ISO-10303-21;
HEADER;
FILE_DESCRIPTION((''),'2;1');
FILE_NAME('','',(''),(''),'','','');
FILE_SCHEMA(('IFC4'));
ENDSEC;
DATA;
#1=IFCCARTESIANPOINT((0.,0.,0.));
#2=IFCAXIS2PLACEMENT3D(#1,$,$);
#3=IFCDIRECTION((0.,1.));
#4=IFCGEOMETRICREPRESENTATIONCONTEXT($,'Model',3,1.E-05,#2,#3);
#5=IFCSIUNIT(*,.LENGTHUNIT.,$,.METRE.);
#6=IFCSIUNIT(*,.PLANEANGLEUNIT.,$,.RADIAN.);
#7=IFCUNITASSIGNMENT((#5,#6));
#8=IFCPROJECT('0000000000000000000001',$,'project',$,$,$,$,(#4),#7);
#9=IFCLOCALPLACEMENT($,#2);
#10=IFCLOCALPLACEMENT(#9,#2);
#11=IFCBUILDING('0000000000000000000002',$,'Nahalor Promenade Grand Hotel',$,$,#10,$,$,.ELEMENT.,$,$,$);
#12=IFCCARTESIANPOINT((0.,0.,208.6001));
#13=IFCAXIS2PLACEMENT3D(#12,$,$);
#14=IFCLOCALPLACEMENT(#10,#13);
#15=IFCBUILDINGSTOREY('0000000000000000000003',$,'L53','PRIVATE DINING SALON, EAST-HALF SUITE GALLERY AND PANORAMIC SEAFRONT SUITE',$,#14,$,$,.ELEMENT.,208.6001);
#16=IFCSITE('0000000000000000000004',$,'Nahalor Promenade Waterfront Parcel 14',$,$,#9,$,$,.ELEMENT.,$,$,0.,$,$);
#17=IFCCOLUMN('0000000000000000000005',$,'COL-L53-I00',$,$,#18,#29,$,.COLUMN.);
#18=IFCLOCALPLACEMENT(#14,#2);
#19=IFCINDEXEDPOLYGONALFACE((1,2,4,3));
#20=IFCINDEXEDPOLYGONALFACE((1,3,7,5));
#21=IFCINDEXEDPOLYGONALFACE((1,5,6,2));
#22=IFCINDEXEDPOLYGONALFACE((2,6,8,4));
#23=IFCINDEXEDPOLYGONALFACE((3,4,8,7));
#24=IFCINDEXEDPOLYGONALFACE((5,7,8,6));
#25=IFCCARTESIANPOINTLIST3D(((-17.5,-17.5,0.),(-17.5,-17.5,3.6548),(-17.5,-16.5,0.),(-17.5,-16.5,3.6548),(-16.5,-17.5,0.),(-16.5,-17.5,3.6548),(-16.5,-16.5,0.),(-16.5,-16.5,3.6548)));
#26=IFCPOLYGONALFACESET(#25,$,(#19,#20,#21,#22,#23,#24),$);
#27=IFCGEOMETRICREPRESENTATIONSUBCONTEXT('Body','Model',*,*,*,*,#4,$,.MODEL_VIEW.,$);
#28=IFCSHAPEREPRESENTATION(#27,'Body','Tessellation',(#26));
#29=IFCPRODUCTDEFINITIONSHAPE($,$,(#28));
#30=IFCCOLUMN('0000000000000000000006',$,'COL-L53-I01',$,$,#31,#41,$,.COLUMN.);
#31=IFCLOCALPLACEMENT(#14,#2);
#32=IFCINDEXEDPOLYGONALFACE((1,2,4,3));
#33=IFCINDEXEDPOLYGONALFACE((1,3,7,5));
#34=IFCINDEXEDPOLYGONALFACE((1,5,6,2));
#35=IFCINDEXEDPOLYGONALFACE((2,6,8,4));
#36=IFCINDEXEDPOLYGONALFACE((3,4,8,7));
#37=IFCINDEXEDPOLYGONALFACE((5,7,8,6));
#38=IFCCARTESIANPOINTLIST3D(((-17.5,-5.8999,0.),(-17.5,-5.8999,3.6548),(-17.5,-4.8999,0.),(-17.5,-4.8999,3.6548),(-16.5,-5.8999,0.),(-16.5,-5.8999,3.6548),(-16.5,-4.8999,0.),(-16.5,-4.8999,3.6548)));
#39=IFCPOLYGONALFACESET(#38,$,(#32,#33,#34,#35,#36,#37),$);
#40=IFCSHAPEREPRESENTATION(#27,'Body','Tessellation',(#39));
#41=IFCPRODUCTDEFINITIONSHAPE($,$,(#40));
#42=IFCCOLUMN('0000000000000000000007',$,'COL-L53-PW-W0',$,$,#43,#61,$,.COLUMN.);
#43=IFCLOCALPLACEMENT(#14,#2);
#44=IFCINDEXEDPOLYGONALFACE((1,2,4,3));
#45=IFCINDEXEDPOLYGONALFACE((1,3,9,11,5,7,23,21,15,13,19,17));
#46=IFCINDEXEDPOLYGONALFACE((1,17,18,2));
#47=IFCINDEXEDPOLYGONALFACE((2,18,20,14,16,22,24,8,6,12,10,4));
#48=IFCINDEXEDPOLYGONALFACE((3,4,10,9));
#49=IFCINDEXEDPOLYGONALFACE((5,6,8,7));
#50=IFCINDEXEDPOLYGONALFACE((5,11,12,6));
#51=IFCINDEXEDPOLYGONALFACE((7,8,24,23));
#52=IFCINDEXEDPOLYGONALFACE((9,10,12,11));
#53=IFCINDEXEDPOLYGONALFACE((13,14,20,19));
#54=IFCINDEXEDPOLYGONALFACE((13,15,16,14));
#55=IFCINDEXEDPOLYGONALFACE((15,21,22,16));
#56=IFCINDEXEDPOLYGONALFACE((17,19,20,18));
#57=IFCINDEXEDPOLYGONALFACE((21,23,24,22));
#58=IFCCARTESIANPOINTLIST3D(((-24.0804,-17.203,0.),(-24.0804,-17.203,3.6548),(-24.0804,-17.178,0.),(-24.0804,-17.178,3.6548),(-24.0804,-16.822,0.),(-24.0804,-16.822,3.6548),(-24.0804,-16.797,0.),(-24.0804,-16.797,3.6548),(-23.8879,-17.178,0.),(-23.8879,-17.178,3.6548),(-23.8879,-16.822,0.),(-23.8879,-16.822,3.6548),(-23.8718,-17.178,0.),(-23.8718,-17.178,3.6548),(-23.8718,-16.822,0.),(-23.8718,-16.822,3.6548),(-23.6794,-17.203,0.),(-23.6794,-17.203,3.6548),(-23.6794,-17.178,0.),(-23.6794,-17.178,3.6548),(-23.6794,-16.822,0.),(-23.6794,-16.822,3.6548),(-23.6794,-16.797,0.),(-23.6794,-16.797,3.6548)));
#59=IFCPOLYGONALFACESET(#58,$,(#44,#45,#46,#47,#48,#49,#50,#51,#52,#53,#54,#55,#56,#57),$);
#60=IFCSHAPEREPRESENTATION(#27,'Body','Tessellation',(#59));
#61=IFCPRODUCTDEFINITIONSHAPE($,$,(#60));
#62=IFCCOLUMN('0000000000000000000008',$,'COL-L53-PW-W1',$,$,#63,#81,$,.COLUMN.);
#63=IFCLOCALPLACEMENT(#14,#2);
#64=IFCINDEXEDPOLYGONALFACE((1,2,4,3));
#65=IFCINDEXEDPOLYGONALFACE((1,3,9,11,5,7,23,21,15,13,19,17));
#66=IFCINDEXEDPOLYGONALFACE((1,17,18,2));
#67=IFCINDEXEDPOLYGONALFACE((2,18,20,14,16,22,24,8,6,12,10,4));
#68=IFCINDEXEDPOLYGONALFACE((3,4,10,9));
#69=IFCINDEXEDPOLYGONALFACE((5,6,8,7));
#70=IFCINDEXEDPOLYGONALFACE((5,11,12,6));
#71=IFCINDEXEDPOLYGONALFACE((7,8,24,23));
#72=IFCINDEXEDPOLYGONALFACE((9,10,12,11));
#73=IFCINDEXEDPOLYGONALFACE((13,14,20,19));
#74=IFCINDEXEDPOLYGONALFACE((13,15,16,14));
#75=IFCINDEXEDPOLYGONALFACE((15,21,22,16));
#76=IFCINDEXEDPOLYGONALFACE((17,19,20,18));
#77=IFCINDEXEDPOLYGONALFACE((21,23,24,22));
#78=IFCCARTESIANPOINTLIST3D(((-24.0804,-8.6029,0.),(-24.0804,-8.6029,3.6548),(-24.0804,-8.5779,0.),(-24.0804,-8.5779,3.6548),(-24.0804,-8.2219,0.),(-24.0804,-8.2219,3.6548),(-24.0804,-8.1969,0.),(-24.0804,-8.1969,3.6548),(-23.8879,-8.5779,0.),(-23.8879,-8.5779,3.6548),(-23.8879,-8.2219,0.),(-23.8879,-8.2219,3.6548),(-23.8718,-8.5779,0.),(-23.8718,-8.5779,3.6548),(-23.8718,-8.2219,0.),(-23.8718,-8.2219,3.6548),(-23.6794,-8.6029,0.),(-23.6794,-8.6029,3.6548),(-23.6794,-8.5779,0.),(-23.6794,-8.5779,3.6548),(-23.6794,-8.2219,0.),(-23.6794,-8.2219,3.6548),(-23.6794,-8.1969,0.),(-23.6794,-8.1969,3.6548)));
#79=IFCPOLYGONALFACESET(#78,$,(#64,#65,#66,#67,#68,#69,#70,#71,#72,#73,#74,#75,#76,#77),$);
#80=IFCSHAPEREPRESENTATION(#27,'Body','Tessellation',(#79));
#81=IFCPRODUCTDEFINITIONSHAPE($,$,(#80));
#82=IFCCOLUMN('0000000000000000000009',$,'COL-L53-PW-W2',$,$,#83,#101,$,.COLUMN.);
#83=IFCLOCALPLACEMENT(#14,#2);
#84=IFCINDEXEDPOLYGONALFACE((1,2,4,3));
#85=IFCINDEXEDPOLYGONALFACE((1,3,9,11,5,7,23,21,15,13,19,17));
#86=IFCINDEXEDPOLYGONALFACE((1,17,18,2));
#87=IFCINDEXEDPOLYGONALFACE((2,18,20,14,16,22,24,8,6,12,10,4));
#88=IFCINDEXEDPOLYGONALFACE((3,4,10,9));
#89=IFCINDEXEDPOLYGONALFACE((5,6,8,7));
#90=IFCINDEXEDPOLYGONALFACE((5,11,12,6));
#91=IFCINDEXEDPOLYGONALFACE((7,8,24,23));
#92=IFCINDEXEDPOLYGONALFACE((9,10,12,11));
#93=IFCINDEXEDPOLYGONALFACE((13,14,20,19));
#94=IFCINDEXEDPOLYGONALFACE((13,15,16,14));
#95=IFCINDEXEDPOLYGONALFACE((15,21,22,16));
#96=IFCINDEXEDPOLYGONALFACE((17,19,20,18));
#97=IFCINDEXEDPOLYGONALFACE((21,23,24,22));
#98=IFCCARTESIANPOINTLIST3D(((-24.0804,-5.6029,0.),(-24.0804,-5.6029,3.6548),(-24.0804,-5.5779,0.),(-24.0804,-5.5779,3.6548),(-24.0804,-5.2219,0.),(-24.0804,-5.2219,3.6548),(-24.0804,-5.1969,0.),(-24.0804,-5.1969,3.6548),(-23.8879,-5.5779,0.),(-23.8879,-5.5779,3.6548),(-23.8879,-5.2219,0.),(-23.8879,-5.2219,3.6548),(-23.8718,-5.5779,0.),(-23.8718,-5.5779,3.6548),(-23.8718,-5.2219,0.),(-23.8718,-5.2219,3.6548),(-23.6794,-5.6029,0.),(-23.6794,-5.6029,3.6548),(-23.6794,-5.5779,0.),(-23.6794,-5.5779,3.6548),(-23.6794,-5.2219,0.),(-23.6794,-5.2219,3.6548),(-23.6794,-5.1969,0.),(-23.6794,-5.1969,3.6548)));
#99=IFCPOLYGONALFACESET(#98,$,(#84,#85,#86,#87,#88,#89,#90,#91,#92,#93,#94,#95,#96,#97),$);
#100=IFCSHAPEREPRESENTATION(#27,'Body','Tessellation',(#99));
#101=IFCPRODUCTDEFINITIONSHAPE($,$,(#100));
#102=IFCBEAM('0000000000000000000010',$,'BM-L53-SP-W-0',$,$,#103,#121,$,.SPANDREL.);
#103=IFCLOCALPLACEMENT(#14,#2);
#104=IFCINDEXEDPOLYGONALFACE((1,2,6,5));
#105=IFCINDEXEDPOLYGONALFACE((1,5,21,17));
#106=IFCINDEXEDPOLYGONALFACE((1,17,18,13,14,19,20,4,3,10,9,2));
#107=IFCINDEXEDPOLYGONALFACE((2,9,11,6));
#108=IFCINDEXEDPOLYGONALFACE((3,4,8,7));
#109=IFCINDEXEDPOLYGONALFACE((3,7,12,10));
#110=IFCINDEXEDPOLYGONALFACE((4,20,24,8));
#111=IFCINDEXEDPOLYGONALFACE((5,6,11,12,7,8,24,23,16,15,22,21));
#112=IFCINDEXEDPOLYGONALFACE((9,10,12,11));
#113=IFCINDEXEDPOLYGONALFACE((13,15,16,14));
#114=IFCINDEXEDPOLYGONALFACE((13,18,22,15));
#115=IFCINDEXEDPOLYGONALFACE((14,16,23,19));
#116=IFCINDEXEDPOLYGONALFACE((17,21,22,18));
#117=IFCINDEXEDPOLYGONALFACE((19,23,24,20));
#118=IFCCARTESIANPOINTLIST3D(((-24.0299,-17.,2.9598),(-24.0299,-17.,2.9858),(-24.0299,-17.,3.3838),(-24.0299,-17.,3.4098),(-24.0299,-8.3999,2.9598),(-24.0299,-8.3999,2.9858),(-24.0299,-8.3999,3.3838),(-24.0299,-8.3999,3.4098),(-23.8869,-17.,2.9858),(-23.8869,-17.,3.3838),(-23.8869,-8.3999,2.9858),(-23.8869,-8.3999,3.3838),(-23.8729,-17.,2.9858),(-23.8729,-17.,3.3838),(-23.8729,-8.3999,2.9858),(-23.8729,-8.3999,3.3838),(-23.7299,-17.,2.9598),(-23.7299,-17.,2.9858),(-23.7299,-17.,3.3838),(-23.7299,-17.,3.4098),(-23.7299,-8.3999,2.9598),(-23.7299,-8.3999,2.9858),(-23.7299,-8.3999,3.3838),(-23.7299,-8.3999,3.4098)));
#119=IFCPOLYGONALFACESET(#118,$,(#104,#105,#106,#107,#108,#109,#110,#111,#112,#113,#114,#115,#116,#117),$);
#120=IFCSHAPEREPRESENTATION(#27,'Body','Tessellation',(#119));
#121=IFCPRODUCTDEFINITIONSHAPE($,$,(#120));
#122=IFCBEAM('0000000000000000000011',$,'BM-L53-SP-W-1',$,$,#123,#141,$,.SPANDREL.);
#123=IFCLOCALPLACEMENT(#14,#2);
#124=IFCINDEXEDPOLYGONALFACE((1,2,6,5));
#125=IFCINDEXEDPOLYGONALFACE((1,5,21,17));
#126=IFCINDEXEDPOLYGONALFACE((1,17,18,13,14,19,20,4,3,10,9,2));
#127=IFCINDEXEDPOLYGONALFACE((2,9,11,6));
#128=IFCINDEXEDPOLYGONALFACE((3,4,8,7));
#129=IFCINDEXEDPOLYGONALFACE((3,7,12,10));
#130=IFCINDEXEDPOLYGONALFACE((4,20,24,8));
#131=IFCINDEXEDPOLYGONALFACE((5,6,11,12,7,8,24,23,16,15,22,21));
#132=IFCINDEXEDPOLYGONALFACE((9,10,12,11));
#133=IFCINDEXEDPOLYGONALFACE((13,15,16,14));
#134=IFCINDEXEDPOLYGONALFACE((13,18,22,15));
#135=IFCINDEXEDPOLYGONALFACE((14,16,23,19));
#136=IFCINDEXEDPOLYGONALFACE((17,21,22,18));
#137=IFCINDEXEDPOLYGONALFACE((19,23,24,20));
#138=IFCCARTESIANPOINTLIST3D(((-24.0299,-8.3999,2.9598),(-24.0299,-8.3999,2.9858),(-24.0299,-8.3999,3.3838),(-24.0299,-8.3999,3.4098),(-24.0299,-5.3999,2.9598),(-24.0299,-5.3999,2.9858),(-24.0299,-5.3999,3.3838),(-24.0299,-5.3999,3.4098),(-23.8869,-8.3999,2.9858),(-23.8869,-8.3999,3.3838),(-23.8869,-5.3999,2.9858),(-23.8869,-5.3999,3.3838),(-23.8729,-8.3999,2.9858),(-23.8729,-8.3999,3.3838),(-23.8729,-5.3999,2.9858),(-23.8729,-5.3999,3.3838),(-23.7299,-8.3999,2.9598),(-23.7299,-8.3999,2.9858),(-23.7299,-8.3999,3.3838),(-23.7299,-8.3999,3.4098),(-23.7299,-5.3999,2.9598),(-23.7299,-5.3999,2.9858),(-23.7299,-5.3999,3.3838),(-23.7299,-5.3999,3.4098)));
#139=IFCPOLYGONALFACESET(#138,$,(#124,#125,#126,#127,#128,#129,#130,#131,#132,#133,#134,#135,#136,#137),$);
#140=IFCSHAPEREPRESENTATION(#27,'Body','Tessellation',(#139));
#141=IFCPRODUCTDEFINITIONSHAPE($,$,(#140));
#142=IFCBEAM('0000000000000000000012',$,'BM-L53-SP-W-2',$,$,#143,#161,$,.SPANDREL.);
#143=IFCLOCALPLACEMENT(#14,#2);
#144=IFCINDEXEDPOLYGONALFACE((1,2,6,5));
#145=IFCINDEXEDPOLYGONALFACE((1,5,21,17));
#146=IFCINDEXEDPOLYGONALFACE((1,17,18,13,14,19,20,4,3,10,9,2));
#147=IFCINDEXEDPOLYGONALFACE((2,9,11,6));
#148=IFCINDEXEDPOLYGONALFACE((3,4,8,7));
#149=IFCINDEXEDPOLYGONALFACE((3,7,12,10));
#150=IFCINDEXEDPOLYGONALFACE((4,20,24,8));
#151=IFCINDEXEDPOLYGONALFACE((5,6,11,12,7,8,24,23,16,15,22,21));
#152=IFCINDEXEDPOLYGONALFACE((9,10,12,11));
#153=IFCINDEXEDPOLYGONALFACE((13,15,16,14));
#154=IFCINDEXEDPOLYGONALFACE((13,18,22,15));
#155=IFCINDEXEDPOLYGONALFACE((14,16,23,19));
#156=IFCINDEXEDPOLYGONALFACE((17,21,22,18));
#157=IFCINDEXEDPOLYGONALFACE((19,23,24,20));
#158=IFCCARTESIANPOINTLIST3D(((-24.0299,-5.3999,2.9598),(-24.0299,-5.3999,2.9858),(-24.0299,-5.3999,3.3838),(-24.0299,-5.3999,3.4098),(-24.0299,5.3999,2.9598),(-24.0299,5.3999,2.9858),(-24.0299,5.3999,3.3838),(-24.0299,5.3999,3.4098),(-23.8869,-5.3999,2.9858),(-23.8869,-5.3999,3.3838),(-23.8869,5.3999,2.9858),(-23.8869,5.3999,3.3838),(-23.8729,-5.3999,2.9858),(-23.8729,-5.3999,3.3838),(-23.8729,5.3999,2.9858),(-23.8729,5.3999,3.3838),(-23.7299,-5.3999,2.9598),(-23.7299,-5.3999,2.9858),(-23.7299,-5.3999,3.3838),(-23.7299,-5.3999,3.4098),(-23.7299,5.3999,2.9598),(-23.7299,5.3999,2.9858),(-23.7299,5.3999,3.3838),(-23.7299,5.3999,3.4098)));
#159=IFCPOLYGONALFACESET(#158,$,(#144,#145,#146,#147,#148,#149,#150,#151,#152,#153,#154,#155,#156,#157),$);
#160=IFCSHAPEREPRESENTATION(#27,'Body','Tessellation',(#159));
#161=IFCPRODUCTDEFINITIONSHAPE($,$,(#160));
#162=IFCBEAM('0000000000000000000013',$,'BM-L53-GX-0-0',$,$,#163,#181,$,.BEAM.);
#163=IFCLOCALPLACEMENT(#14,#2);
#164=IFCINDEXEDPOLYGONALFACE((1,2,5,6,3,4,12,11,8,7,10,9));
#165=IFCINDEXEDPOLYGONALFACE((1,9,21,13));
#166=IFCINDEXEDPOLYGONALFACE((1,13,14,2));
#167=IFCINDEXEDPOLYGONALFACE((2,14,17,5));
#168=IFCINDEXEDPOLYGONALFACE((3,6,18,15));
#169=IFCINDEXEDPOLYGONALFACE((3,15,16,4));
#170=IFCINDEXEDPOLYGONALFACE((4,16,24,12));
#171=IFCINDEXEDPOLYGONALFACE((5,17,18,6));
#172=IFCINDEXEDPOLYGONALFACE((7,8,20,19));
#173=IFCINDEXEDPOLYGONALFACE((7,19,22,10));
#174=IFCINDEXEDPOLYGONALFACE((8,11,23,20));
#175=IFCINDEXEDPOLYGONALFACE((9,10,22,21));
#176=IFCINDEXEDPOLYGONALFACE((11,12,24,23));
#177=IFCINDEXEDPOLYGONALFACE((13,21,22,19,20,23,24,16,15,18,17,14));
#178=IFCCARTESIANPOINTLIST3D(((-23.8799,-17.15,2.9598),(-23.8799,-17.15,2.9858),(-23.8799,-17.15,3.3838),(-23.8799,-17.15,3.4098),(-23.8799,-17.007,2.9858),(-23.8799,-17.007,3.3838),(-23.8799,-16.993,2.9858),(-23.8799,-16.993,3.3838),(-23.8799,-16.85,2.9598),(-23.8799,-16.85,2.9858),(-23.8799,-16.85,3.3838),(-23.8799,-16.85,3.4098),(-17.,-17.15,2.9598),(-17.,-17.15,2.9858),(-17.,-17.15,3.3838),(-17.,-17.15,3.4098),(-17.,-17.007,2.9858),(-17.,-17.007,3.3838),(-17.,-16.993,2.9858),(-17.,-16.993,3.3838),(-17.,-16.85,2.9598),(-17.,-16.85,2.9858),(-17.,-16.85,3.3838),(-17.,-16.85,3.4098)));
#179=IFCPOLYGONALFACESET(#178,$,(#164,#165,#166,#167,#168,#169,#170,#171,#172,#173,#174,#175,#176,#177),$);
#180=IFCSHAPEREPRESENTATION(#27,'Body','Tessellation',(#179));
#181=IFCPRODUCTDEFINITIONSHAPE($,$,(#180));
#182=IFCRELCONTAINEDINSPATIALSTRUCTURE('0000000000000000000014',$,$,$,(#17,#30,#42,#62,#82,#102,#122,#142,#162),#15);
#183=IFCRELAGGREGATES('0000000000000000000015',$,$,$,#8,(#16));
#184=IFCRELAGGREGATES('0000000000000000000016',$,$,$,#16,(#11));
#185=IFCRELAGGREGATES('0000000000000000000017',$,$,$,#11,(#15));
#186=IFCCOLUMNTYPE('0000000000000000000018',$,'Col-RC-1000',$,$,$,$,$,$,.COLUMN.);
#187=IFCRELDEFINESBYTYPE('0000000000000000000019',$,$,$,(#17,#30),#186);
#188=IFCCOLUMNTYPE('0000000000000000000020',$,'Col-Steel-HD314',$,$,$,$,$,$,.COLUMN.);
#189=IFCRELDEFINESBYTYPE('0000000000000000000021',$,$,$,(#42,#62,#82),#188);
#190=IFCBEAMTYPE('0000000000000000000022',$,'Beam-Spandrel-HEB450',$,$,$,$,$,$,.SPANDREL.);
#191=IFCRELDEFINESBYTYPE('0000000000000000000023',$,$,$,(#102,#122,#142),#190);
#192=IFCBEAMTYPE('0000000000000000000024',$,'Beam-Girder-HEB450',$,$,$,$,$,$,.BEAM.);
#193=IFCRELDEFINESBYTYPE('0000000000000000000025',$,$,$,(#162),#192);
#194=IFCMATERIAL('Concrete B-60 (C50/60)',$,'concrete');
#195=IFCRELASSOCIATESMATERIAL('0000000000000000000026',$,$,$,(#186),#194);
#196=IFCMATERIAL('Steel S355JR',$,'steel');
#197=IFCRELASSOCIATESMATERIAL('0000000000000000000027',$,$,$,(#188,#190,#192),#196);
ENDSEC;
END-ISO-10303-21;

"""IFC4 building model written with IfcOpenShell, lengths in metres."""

from ifc_helpers import new_model, si_unit, direction, frame, origin, origin_2d, place, context, subcontext, project, spatial, rectangle, i_section, extrude, source, transform, mapped, material, material_profile, profile_set, type_object, element, save


model = new_model("IFC4")

# Units and contexts
model_context = context("Model", 3, precision=1e-05, world=origin(), true_north=direction((0.0, 1.0)))
body_context = subcontext(model_context, "Body", "Model", "MODEL_VIEW")
ifc_project = project(units=[si_unit("LENGTHUNIT", "METRE"), si_unit("PLANEANGLEUNIT", "RADIAN")], contexts=[model_context])

# Site, building, storey
site_placement = place(None, origin())
site = spatial("IfcSite", under=ifc_project, at=site_placement, Name="Nahalor Promenade Waterfront Parcel 14", CompositionType="ELEMENT", RefElevation=0.0)
building_placement = place(site_placement, origin())
building = spatial("IfcBuilding", under=site, at=building_placement, Name="Nahalor Promenade Grand Hotel", CompositionType="ELEMENT")
storey_placement = place(building_placement, frame((0.0, 0.0, 208.6001)))
storey = spatial("IfcBuildingStorey", under=building, at=storey_placement, Name="L53", Description="PRIVATE DINING SALON, EAST-HALF SUITE GALLERY AND PANORAMIC SEAFRONT SUITE", CompositionType="ELEMENT", Elevation=208.6001)

# Columns
ifc_material_1 = material(Name="Concrete B-60 (C50/60)", Category="concrete")
ifc_material_profile_1 = material_profile(ifc_material_1, rectangle(XDim=1.0, YDim=1.0, at=origin_2d()), Name="RC 1000x1000")
ifc_profile_set_1 = profile_set([ifc_material_profile_1], Name="Concrete B-60 (C50/60)")
column_type_1 = type_object("IfcColumnType", Name="Col-RC-1000", PredefinedType="COLUMN", material=ifc_profile_set_1)
shared_shape_1 = source(origin(), body_context, "Body", "SweptSolid", [
    extrude(rectangle(XDim=1.0, YDim=1.0, at=origin_2d()), origin(), (0.0, 0.0, 1.0), 3.6548),
])
for number, where, z_axis, x_axis, name in (
    (1, (-17.0, -17.0, 0.0), (0.0, 0.0, 1.0), (1.0, 0.0, 0.0), "COL-L53-I00"),
    (2, (-17.0, -5.3999, 0.0), (0.0, 0.0, 1.0), (1.0, 0.0, 0.0), "COL-L53-I01"),
):
    element("IfcColumn", number, at=place(storey_placement, frame(where, z_axis=z_axis, x_axis=x_axis)), inside=storey, type_object=column_type_1, Name=name, PredefinedType="COLUMN", context=body_context, shape_type="MappedRepresentation", body=[
        mapped(shared_shape_1, transform((0.0, 0.0, 0.0), scale=1.0)),
    ])
ifc_material_2 = material(Name="Steel S355JR", Category="steel")
ifc_material_profile_2 = material_profile(ifc_material_2, i_section(OverallWidth=0.401, OverallDepth=0.406, WebThickness=0.0161, FlangeThickness=0.025, at=origin_2d()), Name="HD 400x314")
ifc_profile_set_2 = profile_set([ifc_material_profile_2], Name="Steel S355JR")
column_type_2 = type_object("IfcColumnType", Name="Col-Steel-HD314", PredefinedType="COLUMN", material=ifc_profile_set_2)
shared_shape_2 = source(origin(), body_context, "Body", "SweptSolid", [
    extrude(i_section(OverallWidth=0.401, OverallDepth=0.406, WebThickness=0.0161, FlangeThickness=0.025, at=origin_2d()), origin(), (0.0, 0.0, 1.0), 3.6548),
])
for number, where, z_axis, x_axis, name in (
    (3, (-23.8799, -17.0, 0.0), (0.0, 0.0, 1.0), (1.0, 0.0, 0.0), "COL-L53-PW-W0"),
    (4, (-23.8799, -8.3999, 0.0), (0.0, 0.0, 1.0), (1.0, 0.0, 0.0), "COL-L53-PW-W1"),
    (5, (-23.8799, -5.3999, 0.0), (0.0, 0.0, 1.0), (1.0, 0.0, 0.0), "COL-L53-PW-W2"),
):
    element("IfcColumn", number, at=place(storey_placement, frame(where, z_axis=z_axis, x_axis=x_axis)), inside=storey, type_object=column_type_2, Name=name, PredefinedType="COLUMN", context=body_context, shape_type="MappedRepresentation", body=[
        mapped(shared_shape_2, transform((0.0, 0.0, 0.0), scale=1.0)),
    ])

# Beams
ifc_material_profile_3 = material_profile(ifc_material_2, i_section(OverallWidth=0.3, OverallDepth=0.45, WebThickness=0.014, FlangeThickness=0.026, at=origin_2d()), Name="HEB 450")
ifc_profile_set_3 = profile_set([ifc_material_profile_3], Name="Steel S355JR")
beam_type_1 = type_object("IfcBeamType", Name="Beam-Spandrel-HEB450", PredefinedType="SPANDREL", material=ifc_profile_set_3)
shared_shape_3 = source(origin(), body_context, "Body", "SweptSolid", [
    extrude(i_section(OverallWidth=0.3, OverallDepth=0.45, WebThickness=0.014, FlangeThickness=0.026, at=origin_2d()), origin(), (0.0, 0.0, 1.0), 8.6001),
])
beam_1_placement = place(storey_placement, frame((-23.8799, -17.0, 3.1848), z_axis=(0.0, 1.0, 0.0), x_axis=(-1.0, 0.0, 0.0)))
element("IfcBeam", 6, at=beam_1_placement, inside=storey, type_object=beam_type_1, Name="BM-L53-SP-W-0", PredefinedType="SPANDREL", context=body_context, shape_type="MappedRepresentation", body=[
    mapped(shared_shape_3, transform((0.0, 0.0, 0.0), scale=1.0)),
])
shared_shape_4 = source(origin(), body_context, "Body", "SweptSolid", [
    extrude(i_section(OverallWidth=0.3, OverallDepth=0.45, WebThickness=0.014, FlangeThickness=0.026, at=origin_2d()), origin(), (0.0, 0.0, 1.0), 3.0),
])
beam_2_placement = place(storey_placement, frame((-23.8799, -8.3999, 3.1848), z_axis=(0.0, 1.0, 0.0), x_axis=(-1.0, 0.0, 0.0)))
element("IfcBeam", 7, at=beam_2_placement, inside=storey, type_object=beam_type_1, Name="BM-L53-SP-W-1", PredefinedType="SPANDREL", context=body_context, shape_type="MappedRepresentation", body=[
    mapped(shared_shape_4, transform((0.0, 0.0, 0.0), scale=1.0)),
])
shared_shape_5 = source(origin(), body_context, "Body", "SweptSolid", [
    extrude(i_section(OverallWidth=0.3, OverallDepth=0.45, WebThickness=0.014, FlangeThickness=0.026, at=origin_2d()), origin(), (0.0, 0.0, 1.0), 10.7998),
])
beam_3_placement = place(storey_placement, frame((-23.8799, -5.3999, 3.1848), z_axis=(0.0, 1.0, 0.0), x_axis=(-1.0, 0.0, 0.0)))
element("IfcBeam", 8, at=beam_3_placement, inside=storey, type_object=beam_type_1, Name="BM-L53-SP-W-2", PredefinedType="SPANDREL", context=body_context, shape_type="MappedRepresentation", body=[
    mapped(shared_shape_5, transform((0.0, 0.0, 0.0), scale=1.0)),
])
ifc_material_profile_4 = material_profile(ifc_material_2, i_section(OverallWidth=0.3, OverallDepth=0.45, WebThickness=0.014, FlangeThickness=0.026, at=origin_2d()), Name="HEB 450")
ifc_profile_set_4 = profile_set([ifc_material_profile_4], Name="Steel S355JR")
beam_type_2 = type_object("IfcBeamType", Name="Beam-Girder-HEB450", PredefinedType="BEAM", material=ifc_profile_set_4)
shared_shape_6 = source(origin(), body_context, "Body", "SweptSolid", [
    extrude(i_section(OverallWidth=0.3, OverallDepth=0.45, WebThickness=0.014, FlangeThickness=0.026, at=origin_2d()), origin(), (0.0, 0.0, 1.0), 6.8799),
])
for number, where, z_axis, x_axis, name in (
    (9, (-23.8799, -17.0, 3.1848), (1.0, 0.0, 0.0), (0.0, 1.0, 0.0), "BM-L53-GX-0-0"),
):
    element("IfcBeam", number, at=place(storey_placement, frame(where, z_axis=z_axis, x_axis=x_axis)), inside=storey, type_object=beam_type_2, Name=name, PredefinedType="BEAM", context=body_context, shape_type="MappedRepresentation", body=[
        mapped(shared_shape_6, transform((0.0, 0.0, 0.0), scale=1.0)),
    ])

save(model, "model.ifc")
